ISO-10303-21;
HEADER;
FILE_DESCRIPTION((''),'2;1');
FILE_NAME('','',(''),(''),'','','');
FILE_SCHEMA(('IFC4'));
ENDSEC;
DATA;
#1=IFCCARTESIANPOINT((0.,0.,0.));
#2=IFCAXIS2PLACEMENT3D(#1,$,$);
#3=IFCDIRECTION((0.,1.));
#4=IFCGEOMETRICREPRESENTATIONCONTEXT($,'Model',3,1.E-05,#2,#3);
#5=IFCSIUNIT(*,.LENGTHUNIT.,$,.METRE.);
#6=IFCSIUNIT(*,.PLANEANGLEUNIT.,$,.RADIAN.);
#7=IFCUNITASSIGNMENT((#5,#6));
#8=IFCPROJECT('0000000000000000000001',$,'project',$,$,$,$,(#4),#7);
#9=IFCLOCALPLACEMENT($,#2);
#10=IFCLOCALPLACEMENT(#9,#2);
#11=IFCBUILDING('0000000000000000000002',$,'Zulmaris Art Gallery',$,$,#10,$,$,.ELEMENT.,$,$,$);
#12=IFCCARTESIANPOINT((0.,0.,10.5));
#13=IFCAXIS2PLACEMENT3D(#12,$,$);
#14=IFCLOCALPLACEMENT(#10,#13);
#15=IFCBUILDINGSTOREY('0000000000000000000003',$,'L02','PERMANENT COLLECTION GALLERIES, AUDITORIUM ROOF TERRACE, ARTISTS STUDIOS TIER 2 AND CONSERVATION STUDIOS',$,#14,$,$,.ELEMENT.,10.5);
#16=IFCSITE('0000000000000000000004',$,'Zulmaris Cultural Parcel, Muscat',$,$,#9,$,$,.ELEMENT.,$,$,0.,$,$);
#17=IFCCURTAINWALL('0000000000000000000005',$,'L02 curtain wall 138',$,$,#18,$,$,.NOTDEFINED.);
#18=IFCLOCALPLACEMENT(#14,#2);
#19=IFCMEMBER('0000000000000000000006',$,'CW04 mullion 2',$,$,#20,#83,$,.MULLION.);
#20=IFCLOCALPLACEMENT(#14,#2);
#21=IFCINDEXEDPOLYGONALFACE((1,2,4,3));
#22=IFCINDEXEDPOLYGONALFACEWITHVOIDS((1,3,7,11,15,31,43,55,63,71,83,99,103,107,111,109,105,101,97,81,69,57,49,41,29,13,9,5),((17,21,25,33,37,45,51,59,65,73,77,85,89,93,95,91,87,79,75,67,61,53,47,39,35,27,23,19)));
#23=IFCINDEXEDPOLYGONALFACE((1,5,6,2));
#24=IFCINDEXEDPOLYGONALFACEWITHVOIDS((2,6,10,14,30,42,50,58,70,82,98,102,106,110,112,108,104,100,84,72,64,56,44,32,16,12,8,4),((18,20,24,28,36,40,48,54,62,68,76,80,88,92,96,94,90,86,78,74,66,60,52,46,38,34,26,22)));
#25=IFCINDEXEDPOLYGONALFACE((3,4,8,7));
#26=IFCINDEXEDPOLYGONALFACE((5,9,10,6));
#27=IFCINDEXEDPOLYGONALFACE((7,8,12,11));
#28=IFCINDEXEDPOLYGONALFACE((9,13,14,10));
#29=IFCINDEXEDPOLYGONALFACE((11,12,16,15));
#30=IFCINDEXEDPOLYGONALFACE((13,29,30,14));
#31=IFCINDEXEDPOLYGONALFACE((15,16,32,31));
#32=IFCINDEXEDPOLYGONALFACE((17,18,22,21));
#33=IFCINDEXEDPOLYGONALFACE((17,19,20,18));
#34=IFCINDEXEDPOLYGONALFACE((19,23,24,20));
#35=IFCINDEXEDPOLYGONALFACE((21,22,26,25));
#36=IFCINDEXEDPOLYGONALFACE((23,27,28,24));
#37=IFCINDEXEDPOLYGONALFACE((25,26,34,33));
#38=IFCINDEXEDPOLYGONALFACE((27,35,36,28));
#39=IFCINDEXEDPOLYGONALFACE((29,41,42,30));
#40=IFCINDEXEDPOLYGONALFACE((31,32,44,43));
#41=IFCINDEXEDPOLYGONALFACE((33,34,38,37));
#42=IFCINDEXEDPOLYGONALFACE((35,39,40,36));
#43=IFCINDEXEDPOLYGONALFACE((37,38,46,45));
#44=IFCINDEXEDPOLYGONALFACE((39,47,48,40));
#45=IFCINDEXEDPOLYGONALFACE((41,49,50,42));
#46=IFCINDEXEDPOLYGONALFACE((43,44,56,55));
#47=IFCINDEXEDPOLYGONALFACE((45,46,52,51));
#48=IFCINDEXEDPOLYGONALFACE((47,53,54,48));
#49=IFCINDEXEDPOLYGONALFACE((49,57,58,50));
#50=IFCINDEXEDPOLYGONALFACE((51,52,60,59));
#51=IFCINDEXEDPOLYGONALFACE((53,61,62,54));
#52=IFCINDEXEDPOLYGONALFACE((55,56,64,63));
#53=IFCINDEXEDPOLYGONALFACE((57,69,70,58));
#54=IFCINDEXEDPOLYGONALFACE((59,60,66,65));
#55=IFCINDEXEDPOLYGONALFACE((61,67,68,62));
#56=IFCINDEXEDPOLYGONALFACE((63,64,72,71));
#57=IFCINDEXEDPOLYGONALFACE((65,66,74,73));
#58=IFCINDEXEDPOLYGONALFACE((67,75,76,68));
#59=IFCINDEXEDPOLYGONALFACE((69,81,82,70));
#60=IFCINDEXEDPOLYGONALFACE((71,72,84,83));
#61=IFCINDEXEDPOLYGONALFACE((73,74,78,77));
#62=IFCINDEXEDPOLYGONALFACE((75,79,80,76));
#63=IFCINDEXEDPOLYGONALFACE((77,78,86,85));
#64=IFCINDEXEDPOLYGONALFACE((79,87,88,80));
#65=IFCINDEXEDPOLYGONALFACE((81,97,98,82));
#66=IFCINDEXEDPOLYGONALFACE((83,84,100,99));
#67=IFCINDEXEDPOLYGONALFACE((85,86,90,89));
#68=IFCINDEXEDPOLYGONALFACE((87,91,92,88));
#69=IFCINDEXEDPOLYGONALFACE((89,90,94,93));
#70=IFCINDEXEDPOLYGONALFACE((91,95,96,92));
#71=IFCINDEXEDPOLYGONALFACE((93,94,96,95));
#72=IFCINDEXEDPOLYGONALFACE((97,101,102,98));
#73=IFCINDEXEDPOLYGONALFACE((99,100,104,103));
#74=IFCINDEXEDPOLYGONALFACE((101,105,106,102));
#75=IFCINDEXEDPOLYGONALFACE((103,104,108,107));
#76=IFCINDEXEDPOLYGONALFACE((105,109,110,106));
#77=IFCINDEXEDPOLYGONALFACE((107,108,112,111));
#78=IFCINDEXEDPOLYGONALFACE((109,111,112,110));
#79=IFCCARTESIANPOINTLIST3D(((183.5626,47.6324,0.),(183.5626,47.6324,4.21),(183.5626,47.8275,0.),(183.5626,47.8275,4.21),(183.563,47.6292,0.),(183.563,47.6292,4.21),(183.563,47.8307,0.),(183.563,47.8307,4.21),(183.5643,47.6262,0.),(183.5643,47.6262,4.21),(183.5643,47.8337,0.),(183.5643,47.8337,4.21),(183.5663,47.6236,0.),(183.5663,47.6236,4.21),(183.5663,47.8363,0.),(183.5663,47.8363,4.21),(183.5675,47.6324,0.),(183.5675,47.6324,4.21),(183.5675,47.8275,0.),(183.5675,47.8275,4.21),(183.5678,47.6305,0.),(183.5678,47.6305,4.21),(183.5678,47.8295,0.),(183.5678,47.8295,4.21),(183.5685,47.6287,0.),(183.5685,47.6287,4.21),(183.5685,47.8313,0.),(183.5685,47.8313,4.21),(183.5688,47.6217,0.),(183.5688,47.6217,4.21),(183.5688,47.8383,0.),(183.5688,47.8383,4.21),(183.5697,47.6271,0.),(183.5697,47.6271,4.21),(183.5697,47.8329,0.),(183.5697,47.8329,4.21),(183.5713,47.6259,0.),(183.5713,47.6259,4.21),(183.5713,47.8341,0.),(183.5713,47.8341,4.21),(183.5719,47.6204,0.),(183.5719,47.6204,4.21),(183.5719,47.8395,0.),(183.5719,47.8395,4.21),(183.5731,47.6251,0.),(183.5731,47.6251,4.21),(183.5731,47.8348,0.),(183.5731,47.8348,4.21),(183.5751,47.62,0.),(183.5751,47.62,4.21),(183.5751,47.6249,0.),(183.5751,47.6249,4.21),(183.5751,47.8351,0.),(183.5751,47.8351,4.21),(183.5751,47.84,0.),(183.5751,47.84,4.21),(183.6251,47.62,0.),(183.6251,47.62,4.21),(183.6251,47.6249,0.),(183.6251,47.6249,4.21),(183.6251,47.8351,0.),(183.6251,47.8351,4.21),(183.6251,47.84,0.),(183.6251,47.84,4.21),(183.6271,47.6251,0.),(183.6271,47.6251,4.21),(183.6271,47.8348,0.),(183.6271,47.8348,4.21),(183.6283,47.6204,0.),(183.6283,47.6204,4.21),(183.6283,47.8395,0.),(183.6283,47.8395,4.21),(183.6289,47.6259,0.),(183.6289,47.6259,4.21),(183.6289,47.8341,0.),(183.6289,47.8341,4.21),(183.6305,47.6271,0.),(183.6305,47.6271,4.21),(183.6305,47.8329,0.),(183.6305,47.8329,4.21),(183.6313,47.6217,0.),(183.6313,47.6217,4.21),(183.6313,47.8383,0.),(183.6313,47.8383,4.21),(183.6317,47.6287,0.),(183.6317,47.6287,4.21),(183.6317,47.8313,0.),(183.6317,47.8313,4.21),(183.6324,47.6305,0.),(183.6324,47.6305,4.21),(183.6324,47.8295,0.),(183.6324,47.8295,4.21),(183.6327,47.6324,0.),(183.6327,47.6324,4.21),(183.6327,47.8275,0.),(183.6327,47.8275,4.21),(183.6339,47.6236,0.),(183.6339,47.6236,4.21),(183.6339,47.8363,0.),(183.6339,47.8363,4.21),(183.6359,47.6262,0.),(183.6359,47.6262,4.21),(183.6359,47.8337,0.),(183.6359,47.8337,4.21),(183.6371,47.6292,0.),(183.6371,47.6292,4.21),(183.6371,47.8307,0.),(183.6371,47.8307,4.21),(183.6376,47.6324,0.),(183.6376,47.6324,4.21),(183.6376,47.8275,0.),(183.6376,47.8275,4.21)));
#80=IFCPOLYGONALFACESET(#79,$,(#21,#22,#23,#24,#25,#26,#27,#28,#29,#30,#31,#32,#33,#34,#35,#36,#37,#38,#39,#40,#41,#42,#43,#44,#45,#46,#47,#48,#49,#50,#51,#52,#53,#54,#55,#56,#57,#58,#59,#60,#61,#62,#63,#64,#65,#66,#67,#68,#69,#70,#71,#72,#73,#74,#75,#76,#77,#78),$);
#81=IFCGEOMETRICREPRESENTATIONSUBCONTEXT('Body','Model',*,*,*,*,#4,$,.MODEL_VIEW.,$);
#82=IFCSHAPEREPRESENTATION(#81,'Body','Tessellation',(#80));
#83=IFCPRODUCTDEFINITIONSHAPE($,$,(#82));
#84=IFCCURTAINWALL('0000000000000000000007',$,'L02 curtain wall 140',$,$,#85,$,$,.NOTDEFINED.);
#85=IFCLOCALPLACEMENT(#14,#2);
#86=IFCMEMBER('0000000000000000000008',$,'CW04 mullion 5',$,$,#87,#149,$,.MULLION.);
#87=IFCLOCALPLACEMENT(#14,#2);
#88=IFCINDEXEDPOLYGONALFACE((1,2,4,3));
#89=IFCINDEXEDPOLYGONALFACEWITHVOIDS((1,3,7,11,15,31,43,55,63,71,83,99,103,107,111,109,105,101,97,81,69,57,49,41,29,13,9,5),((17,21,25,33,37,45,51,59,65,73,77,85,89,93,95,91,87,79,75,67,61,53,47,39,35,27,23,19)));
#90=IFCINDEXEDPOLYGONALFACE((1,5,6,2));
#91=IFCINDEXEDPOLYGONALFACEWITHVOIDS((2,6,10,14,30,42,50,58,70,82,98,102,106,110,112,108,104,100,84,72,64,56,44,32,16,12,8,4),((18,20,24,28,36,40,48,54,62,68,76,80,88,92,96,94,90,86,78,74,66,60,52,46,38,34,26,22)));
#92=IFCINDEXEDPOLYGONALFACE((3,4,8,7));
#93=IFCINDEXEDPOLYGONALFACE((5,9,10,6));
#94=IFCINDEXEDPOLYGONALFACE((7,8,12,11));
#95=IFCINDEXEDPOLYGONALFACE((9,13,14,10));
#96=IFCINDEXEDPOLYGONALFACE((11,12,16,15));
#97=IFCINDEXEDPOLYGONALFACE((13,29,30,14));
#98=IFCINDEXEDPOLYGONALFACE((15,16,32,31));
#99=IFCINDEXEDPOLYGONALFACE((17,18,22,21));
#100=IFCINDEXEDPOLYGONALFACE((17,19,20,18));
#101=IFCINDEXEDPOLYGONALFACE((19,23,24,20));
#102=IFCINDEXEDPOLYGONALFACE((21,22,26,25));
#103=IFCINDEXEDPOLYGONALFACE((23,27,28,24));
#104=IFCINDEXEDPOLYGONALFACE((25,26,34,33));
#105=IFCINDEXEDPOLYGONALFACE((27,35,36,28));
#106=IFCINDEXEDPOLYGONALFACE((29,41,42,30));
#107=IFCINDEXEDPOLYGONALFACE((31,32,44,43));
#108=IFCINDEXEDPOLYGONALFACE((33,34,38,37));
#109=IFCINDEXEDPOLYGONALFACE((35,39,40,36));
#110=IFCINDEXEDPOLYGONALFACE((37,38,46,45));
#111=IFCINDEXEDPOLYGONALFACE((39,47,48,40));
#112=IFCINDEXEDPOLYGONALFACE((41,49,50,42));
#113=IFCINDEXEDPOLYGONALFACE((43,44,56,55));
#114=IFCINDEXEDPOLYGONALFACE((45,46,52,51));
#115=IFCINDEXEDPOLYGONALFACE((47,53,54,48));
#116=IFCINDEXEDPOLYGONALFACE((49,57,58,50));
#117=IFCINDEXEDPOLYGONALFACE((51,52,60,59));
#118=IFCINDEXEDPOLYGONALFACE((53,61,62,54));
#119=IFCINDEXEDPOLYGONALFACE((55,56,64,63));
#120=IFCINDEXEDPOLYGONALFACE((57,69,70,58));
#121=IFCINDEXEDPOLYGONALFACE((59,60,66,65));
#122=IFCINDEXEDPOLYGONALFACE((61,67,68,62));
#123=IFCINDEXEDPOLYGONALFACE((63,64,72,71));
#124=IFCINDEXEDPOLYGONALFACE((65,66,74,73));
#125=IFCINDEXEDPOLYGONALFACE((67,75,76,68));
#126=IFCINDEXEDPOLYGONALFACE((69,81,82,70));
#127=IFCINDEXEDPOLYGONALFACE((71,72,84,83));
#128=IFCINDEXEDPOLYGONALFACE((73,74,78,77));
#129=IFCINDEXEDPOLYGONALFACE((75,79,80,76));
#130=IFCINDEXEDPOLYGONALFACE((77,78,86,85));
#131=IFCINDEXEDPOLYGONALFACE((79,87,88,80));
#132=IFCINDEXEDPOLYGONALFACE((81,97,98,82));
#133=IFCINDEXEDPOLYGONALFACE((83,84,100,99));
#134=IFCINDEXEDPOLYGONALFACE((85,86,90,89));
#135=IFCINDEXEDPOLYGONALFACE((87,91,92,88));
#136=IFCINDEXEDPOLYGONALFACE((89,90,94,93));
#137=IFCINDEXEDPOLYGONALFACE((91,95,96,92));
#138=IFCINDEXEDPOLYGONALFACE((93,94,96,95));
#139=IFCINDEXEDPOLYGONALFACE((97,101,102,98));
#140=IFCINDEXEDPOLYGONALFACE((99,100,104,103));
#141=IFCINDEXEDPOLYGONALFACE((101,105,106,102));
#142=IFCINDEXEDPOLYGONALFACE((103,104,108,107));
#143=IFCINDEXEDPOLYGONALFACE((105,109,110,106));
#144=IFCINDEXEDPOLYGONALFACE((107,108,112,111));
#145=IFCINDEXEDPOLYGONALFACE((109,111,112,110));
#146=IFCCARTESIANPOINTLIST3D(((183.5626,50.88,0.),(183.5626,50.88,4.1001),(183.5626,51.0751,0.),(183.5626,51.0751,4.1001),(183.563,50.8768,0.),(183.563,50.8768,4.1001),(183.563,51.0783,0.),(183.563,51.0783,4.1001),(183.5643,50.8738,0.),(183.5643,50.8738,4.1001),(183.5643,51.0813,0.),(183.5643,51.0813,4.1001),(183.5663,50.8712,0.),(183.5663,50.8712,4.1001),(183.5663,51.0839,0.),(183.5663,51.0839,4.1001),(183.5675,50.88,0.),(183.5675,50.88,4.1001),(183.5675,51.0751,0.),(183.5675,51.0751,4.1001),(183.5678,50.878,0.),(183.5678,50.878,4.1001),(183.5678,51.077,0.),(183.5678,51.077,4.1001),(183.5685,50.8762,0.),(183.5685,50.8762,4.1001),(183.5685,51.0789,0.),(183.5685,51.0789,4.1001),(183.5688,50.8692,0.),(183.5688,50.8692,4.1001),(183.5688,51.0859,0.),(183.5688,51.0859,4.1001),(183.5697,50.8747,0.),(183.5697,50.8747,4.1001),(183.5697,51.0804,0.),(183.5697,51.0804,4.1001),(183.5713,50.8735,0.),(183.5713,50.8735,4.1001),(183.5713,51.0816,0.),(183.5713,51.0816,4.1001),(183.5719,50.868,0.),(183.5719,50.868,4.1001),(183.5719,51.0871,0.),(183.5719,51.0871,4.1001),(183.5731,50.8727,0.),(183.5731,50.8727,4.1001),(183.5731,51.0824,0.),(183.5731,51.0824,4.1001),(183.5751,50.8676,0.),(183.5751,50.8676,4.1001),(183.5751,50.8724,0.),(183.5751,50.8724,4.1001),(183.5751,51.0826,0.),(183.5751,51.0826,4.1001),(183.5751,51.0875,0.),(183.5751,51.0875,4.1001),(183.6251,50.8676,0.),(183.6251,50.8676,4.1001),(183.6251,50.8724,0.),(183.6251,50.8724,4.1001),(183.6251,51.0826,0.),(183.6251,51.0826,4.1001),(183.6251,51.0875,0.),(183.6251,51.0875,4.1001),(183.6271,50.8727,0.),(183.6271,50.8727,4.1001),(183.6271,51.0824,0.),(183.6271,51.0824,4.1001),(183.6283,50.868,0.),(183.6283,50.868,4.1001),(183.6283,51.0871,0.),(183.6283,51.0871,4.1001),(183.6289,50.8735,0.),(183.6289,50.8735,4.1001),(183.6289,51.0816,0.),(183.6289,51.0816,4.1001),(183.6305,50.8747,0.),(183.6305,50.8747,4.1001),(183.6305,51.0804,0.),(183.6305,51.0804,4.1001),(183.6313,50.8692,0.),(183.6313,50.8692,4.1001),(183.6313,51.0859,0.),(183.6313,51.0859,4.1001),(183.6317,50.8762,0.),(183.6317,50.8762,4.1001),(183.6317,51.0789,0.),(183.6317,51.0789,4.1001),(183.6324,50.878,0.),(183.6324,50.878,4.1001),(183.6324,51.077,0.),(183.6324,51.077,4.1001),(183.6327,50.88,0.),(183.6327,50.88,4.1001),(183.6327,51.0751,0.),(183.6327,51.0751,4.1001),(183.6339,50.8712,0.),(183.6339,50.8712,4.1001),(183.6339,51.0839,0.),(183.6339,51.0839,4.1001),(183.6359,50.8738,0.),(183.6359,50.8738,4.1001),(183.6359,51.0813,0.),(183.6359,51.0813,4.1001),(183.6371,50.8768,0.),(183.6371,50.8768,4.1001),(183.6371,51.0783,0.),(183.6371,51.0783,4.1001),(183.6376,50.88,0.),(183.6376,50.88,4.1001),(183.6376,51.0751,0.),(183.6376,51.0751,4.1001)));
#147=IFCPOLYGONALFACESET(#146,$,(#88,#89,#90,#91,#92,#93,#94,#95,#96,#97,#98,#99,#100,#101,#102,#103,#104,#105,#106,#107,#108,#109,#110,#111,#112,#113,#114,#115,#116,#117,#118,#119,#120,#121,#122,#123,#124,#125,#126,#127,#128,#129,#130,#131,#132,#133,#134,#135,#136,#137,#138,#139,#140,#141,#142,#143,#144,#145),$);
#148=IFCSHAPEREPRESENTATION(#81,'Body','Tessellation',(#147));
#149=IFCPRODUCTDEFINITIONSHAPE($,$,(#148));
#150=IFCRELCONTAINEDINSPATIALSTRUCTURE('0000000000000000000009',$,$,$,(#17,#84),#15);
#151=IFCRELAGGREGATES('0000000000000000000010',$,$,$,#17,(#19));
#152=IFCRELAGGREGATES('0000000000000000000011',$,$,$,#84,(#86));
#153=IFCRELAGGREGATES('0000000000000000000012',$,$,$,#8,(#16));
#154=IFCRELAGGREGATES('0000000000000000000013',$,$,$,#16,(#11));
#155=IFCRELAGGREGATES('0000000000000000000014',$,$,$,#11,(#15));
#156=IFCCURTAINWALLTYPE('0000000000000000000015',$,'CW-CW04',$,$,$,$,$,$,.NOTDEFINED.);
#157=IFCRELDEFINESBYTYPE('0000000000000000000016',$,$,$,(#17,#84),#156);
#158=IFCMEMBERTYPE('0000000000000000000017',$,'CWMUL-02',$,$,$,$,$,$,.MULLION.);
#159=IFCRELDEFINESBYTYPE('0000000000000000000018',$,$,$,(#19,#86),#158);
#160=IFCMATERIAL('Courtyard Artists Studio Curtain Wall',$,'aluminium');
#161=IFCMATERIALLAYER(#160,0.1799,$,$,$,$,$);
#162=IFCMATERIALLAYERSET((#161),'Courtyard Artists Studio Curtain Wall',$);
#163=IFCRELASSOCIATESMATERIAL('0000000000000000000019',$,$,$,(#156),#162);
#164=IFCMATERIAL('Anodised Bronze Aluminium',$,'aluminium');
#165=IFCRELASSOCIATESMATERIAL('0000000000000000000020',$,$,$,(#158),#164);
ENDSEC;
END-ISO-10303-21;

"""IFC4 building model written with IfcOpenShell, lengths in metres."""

from ifc_helpers import new_model, si_unit, direction, frame, origin, origin_2d, place, context, subcontext, project, spatial, hollow_rectangle, extrude, material, layer, layer_set, material_profile, profile_set, type_object, element, aggregate, save


model = new_model("IFC4")

# Units and contexts
model_context = context("Model", 3, precision=1e-05, world=origin(), true_north=direction((0.0, 1.0)))
body_context = subcontext(model_context, "Body", "Model", "MODEL_VIEW")
ifc_project = project(units=[si_unit("LENGTHUNIT", "METRE"), si_unit("PLANEANGLEUNIT", "RADIAN")], contexts=[model_context])

# Site, building, storey
site_placement = place(None, origin())
site = spatial("IfcSite", under=ifc_project, at=site_placement, Name="Zulmaris Cultural Parcel, Muscat", CompositionType="ELEMENT", RefElevation=0.0)
building_placement = place(site_placement, origin())
building = spatial("IfcBuilding", under=site, at=building_placement, Name="Zulmaris Art Gallery", CompositionType="ELEMENT")
storey_placement = place(building_placement, frame((0.0, 0.0, 10.5)))
storey = spatial("IfcBuildingStorey", under=building, at=storey_placement, Name="L02", Description="PERMANENT COLLECTION GALLERIES, AUDITORIUM ROOF TERRACE, ARTISTS STUDIOS TIER 2 AND CONSERVATION STUDIOS", CompositionType="ELEMENT", Elevation=10.5)

# Curtain wall, member
ifc_material_1 = material(Name="Courtyard Artists Studio Curtain Wall", Category="aluminium")
ifc_layer_1 = layer(ifc_material_1, 0.1799)
ifc_layer_set_1 = layer_set([ifc_layer_1], Name="Courtyard Artists Studio Curtain Wall")
curtain_wall_type = type_object("IfcCurtainWallType", Name="CW-CW04", PredefinedType="NOTDEFINED", material=ifc_layer_set_1)
curtain_wall_1_placement = place(storey_placement, origin())
curtain_wall_1 = element("IfcCurtainWall", 1, at=curtain_wall_1_placement, inside=storey, type_object=curtain_wall_type, Name="L02 curtain wall 138", PredefinedType="NOTDEFINED")
ifc_material_2 = material(Name="Anodised Bronze Aluminium", Category="aluminium")
ifc_material_profile_1 = material_profile(ifc_material_2, hollow_rectangle(XDim=0.075, YDim=0.22, WallThickness=0.0049, InnerFilletRadius=0.0076, OuterFilletRadius=0.0125, at=origin_2d()), Name="ALU 75x220x5")
ifc_profile_set_1 = profile_set([ifc_material_profile_1], Name="Anodised Bronze Aluminium")
member_type_1 = type_object("IfcMemberType", Name="CWMUL-02", PredefinedType="MULLION", material=ifc_profile_set_1)
member_1_placement = place(storey_placement, frame((183.6001, 47.73, 0.0), z_axis=(0.0, 0.0, 1.0), x_axis=(1.0, 0.0, 0.0)))
member_1 = element("IfcMember", 2, at=member_1_placement, type_object=member_type_1, Name="CW04 mullion 2", PredefinedType="MULLION", context=body_context, shape_type="SweptSolid", body=[
    extrude(hollow_rectangle(XDim=0.075, YDim=0.22, WallThickness=0.0049, InnerFilletRadius=0.0076, OuterFilletRadius=0.0125, at=origin_2d()), origin(), (0.0, 0.0, 1.0), 4.21),
])

# Curtain wall, member
curtain_wall_2_placement = place(storey_placement, origin())
curtain_wall_2 = element("IfcCurtainWall", 3, at=curtain_wall_2_placement, inside=storey, type_object=curtain_wall_type, Name="L02 curtain wall 140", PredefinedType="NOTDEFINED")
member_2_placement = place(storey_placement, frame((183.6001, 50.9775, 0.0), z_axis=(0.0, 0.0, 1.0), x_axis=(1.0, 0.0, 0.0)))
member_2 = element("IfcMember", 4, at=member_2_placement, type_object=member_type_1, Name="CW04 mullion 5", PredefinedType="MULLION", context=body_context, shape_type="SweptSolid", body=[
    extrude(hollow_rectangle(XDim=0.075, YDim=0.22, WallThickness=0.0049, InnerFilletRadius=0.0076, OuterFilletRadius=0.0125, at=origin_2d()), origin(), (0.0, 0.0, 1.0), 4.1001),
])

aggregate(curtain_wall_1, [member_1])
aggregate(curtain_wall_2, [member_2])

save(model, "model.ifc")
